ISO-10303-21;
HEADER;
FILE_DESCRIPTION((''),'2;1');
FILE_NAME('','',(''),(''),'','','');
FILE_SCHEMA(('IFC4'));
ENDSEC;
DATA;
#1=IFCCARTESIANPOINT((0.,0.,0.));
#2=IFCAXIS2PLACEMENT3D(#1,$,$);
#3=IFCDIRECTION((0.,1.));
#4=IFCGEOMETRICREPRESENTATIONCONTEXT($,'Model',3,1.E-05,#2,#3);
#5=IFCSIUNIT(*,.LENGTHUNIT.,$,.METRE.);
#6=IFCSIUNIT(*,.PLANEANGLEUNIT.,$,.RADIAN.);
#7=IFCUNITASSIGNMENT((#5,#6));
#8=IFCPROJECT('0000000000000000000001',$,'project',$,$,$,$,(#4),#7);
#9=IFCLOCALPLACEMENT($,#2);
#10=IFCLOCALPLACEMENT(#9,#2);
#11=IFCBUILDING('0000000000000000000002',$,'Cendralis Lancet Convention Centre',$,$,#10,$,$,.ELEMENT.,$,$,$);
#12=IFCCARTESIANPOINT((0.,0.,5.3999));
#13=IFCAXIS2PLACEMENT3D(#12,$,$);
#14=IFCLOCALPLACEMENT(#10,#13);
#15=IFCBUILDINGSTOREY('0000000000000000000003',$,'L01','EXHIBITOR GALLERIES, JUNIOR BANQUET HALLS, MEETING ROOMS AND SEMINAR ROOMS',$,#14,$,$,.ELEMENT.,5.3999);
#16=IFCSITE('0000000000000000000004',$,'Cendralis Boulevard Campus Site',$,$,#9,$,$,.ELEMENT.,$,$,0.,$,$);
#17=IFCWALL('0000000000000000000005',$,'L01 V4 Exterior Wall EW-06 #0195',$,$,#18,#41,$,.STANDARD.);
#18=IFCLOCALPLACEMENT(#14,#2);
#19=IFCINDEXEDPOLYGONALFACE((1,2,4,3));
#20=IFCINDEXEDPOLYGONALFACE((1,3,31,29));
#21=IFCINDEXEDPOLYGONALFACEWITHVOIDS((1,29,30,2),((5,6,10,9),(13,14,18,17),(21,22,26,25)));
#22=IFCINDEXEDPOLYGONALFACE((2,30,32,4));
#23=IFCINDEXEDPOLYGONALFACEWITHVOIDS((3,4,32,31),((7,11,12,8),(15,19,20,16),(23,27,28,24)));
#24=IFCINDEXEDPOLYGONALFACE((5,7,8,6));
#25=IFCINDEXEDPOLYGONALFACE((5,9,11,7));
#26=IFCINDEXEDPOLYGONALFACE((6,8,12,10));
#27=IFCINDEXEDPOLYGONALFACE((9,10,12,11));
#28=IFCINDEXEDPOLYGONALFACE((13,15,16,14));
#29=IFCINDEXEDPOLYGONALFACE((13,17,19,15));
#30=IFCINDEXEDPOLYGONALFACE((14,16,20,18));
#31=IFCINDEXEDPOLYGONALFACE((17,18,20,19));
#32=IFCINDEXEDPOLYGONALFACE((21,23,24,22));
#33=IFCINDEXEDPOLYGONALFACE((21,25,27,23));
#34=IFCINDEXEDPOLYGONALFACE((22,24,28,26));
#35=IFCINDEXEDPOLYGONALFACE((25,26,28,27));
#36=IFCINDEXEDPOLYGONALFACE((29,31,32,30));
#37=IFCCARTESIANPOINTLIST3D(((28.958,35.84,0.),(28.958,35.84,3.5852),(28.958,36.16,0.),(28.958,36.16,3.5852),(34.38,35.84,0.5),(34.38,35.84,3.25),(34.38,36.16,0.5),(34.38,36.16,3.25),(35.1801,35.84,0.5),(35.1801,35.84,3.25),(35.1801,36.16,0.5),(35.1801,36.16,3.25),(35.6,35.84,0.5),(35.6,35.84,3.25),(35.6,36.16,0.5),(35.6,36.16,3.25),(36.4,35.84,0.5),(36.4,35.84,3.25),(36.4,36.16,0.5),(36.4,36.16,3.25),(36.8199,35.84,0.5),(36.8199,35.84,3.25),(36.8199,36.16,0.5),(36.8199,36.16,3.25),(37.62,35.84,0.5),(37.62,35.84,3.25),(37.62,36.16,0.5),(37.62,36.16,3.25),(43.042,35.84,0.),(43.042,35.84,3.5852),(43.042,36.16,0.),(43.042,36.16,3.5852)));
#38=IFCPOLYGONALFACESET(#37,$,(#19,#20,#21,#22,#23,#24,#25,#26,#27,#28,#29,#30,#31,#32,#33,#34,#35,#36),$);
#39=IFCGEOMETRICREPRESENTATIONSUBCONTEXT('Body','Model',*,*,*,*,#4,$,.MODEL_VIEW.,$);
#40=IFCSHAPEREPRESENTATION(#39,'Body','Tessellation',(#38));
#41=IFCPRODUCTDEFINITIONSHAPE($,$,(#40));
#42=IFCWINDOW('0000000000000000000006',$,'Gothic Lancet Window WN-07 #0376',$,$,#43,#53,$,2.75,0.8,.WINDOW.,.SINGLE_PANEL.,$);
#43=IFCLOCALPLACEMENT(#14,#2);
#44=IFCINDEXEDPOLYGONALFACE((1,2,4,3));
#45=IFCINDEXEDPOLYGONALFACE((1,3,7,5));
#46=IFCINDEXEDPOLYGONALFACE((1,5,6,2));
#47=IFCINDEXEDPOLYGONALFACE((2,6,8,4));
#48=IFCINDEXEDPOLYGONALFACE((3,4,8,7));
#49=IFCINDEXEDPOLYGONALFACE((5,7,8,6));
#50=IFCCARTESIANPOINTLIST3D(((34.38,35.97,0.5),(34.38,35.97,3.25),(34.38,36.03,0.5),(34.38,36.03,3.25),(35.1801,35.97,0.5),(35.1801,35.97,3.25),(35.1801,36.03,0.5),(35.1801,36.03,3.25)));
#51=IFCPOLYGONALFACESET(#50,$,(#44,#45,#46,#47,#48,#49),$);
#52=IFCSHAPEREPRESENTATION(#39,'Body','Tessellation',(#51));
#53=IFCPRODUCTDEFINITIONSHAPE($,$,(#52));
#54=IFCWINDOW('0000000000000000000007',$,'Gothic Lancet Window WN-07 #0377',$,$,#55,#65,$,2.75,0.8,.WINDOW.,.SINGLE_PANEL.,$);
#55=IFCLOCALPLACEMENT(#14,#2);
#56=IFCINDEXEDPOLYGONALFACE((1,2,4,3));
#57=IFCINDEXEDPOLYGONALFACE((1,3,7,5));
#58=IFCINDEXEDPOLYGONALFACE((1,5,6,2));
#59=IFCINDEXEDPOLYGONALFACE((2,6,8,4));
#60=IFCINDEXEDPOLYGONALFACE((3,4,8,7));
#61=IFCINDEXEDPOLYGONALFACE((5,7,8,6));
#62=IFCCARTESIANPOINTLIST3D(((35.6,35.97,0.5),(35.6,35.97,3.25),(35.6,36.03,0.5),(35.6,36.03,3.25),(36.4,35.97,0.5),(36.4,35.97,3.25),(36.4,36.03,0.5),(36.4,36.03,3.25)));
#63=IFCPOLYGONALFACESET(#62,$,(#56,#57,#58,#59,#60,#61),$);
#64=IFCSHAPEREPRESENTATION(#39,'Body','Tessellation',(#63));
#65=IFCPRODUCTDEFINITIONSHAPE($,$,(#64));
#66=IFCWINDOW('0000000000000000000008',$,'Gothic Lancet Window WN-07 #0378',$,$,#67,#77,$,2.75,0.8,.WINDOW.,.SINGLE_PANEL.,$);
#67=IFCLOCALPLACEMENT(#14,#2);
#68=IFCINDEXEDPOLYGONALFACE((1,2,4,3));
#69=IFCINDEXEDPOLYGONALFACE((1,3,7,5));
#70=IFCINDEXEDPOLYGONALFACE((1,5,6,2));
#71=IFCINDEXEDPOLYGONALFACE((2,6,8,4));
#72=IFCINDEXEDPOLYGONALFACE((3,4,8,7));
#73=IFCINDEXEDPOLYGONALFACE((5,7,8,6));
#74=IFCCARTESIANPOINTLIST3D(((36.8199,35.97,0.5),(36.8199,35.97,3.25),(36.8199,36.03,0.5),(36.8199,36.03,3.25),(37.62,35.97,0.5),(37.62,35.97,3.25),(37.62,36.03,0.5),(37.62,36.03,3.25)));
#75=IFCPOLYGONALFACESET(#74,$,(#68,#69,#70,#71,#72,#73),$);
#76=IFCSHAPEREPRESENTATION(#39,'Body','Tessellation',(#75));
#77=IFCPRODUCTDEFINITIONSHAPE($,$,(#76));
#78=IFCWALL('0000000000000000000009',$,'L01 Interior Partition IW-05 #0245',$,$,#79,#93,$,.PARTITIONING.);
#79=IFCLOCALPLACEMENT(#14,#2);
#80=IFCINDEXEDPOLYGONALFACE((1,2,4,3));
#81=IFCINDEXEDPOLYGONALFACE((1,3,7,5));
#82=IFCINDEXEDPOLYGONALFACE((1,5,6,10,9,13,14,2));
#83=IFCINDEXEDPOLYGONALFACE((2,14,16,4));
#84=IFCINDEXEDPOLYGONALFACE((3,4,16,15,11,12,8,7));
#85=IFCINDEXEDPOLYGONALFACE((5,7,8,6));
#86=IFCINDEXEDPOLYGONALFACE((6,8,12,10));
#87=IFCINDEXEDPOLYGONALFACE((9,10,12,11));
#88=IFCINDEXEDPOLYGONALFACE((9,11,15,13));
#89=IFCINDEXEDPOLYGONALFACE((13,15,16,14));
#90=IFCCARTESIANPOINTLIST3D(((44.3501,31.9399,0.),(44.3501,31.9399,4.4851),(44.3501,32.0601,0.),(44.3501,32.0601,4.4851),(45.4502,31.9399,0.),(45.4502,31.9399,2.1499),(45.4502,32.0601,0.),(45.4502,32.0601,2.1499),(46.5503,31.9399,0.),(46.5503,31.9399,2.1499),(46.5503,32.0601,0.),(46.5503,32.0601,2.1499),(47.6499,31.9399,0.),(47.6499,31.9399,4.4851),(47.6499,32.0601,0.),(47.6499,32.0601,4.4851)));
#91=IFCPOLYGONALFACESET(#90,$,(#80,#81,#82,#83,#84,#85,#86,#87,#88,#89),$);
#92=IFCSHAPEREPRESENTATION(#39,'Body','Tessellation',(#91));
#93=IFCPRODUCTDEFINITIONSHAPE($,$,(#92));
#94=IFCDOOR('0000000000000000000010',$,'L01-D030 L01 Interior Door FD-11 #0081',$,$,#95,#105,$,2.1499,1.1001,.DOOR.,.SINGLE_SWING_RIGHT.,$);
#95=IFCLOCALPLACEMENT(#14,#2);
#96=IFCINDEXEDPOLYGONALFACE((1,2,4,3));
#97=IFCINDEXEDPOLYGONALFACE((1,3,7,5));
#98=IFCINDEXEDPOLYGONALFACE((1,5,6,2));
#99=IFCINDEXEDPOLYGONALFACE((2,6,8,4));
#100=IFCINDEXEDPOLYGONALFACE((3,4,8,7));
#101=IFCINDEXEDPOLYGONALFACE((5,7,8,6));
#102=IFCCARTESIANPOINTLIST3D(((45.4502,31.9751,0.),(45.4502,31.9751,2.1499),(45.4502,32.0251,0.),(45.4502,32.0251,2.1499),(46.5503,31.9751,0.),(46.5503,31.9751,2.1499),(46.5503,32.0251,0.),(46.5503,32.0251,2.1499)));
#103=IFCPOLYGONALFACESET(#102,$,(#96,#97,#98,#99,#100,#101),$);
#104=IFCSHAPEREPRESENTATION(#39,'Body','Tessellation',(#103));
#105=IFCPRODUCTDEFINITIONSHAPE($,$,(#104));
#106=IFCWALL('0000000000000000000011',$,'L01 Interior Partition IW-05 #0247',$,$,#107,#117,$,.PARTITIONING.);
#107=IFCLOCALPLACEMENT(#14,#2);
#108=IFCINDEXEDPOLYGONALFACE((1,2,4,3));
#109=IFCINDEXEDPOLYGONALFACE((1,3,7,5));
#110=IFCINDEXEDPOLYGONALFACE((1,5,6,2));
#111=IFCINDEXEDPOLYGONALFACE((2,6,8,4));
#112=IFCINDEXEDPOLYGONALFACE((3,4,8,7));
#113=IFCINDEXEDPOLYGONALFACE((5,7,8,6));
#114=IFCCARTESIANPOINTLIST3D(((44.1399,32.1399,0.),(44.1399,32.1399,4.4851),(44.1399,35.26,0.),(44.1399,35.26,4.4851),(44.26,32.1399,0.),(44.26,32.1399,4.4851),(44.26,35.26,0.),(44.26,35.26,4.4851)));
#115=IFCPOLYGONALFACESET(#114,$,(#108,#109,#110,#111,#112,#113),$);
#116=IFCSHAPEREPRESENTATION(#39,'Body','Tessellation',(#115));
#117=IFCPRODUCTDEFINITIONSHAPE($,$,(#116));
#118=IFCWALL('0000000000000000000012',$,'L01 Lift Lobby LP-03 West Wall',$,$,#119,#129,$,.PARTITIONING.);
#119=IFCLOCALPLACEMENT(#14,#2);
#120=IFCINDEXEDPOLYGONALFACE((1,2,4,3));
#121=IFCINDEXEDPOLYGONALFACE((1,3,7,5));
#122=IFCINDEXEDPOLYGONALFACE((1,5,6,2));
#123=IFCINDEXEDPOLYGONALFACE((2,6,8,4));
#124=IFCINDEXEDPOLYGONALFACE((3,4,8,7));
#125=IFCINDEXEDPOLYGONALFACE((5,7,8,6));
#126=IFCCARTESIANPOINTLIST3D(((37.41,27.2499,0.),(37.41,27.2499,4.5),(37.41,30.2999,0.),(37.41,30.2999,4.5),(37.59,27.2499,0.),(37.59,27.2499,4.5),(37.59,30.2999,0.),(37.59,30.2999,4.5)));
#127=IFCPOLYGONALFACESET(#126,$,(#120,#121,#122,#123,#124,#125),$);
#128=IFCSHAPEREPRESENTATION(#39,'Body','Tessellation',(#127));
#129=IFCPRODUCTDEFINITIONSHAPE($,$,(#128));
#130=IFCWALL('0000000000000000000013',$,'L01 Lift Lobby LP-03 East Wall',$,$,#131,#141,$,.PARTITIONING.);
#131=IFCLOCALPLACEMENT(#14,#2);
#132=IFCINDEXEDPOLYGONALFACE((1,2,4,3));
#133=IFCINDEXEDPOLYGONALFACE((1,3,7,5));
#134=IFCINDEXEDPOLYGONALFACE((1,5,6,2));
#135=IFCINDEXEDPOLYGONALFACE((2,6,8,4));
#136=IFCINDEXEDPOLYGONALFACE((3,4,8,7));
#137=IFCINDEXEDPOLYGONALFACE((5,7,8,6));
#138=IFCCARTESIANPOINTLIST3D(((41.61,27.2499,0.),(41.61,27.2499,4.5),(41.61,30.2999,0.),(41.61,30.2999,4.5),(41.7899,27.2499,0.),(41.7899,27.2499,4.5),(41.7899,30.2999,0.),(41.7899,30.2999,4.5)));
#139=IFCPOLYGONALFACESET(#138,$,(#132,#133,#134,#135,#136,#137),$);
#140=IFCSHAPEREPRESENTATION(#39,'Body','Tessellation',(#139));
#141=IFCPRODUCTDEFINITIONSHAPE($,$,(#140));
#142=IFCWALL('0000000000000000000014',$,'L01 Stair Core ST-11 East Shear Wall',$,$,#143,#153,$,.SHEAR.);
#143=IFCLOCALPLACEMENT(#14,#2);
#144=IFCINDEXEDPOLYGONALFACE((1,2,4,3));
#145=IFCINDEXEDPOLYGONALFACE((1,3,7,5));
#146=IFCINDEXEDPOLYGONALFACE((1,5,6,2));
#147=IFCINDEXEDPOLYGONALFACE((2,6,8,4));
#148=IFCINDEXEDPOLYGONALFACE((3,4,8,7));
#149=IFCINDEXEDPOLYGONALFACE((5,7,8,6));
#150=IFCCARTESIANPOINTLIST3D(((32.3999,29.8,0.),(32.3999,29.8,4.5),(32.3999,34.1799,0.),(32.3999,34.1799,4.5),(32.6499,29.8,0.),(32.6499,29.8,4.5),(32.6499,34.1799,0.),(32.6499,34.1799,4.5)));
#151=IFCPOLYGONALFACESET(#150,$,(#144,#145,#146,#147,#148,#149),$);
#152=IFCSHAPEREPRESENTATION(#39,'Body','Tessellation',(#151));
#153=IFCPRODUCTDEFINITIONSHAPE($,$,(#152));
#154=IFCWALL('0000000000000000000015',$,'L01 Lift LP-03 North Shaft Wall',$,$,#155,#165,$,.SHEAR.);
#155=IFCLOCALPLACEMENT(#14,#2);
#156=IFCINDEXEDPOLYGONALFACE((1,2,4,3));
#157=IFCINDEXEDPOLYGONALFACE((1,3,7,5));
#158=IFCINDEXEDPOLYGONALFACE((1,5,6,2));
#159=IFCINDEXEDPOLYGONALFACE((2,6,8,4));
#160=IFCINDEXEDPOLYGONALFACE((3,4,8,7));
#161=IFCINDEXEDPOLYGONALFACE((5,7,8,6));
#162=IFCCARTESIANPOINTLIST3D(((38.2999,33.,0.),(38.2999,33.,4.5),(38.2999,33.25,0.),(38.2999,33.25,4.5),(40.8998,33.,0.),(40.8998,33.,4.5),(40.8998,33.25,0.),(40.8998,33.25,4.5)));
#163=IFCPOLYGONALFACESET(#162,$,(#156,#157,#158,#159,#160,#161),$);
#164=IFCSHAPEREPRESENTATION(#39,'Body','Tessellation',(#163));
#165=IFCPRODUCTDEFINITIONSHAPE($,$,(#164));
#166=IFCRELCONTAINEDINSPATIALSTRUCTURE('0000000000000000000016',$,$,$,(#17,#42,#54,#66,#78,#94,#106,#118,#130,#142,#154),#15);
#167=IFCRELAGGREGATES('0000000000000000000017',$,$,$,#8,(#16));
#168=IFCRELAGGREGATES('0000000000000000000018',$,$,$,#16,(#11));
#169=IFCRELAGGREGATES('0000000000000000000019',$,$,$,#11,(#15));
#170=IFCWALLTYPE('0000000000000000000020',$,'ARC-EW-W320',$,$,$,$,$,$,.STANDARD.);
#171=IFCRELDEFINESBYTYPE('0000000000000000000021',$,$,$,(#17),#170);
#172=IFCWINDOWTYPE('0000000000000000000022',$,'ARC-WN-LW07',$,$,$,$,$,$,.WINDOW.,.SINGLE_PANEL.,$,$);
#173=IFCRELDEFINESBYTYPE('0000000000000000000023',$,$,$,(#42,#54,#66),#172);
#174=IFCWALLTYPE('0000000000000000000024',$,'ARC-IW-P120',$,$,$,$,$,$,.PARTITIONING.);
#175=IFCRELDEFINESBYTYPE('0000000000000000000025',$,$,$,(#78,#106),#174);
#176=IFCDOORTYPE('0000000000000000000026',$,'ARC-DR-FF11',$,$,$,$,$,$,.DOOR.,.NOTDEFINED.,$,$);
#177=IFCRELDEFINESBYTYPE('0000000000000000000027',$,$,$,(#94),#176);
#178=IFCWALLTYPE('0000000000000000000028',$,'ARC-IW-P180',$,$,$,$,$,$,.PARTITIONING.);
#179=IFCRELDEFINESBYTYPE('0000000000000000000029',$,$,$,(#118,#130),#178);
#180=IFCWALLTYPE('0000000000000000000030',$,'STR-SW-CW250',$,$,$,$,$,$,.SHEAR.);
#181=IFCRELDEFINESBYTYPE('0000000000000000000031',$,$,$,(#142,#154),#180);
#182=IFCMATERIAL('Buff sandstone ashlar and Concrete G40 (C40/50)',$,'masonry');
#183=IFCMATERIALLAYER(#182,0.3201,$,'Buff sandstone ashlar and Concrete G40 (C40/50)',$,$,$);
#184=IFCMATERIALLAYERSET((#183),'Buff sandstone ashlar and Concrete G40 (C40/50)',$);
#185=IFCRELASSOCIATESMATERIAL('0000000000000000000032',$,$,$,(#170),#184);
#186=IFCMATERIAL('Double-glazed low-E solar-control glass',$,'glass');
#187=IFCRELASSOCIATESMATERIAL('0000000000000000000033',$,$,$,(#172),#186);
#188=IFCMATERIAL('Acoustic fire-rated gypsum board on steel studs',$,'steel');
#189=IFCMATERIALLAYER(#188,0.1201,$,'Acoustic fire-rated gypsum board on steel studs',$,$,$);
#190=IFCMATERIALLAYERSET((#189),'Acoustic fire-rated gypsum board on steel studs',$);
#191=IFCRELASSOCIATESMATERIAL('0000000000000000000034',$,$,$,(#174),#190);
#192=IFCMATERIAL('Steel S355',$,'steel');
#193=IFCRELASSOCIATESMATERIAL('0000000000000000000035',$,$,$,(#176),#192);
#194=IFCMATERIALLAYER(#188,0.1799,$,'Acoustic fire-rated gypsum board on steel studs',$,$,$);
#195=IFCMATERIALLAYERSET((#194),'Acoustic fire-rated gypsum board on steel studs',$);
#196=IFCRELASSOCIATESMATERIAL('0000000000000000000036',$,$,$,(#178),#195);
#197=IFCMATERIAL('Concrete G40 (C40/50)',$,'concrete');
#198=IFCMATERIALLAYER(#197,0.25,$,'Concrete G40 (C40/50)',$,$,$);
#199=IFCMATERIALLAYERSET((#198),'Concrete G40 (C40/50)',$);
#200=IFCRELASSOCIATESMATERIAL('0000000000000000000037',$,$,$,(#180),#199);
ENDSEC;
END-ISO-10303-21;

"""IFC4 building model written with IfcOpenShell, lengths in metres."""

from ifc_helpers import new_model, si_unit, direction, frame, frame_2d, origin, place, context, subcontext, project, spatial, rectangle, extrude, material, layer, layer_set, type_object, element, fill, save


model = new_model("IFC4")

# Units and contexts
model_context = context("Model", 3, precision=1e-05, world=origin(), true_north=direction((0.0, 1.0)))
body_context = subcontext(model_context, "Body", "Model", "MODEL_VIEW")
ifc_project = project(units=[si_unit("LENGTHUNIT", "METRE"), si_unit("PLANEANGLEUNIT", "RADIAN")], contexts=[model_context])

# Site, building, storey
site_placement = place(None, origin())
site = spatial("IfcSite", under=ifc_project, at=site_placement, Name="Cendralis Boulevard Campus Site", CompositionType="ELEMENT", RefElevation=0.0)
building_placement = place(site_placement, origin())
building = spatial("IfcBuilding", under=site, at=building_placement, Name="Cendralis Lancet Convention Centre", CompositionType="ELEMENT")
storey_placement = place(building_placement, frame((0.0, 0.0, 5.3999)))
storey = spatial("IfcBuildingStorey", under=building, at=storey_placement, Name="L01", Description="EXHIBITOR GALLERIES, JUNIOR BANQUET HALLS, MEETING ROOMS AND SEMINAR ROOMS", CompositionType="ELEMENT", Elevation=5.3999)

# Shared definitions
ifc_material_1 = material(Name="Steel S355", Category="steel")

# Shared definitions
ifc_material_2 = material(Name="Concrete G40 (C40/50)", Category="concrete")

# Wall, openings, windows
ifc_material_3 = material(Name="Buff sandstone ashlar and Concrete G40 (C40/50)", Category="masonry")
ifc_layer_1 = layer(ifc_material_3, 0.3201, Name="Buff sandstone ashlar and Concrete G40 (C40/50)")
ifc_layer_set_1 = layer_set([ifc_layer_1], Name="Buff sandstone ashlar and Concrete G40 (C40/50)")
wall_type_1 = type_object("IfcWallType", Name="ARC-EW-W320", PredefinedType="STANDARD", material=ifc_layer_set_1)
wall_1_placement = place(storey_placement, frame((28.958, 36.0, 0.0), z_axis=(0.0, 0.0, 1.0), x_axis=(1.0, 0.0, 0.0)))
wall_1 = element("IfcWall", 1, at=wall_1_placement, inside=storey, type_object=wall_type_1, Name="L01 V4 Exterior Wall EW-06 #0195", PredefinedType="STANDARD", context=body_context, shape_type="SweptSolid", body=[
    extrude(rectangle(XDim=14.084, YDim=0.3201, at=frame_2d((7.042, 0.0))), origin(), (0.0, 0.0, 1.0), 3.5852),
])
opening_1_placement = place(wall_1_placement, frame((5.4221, 0.0, 0.5)))
opening_1 = element("IfcOpeningElement", 2, at=opening_1_placement, cuts=wall_1, PredefinedType="OPENING", context=body_context, shape_type="SweptSolid", body=[
    extrude(rectangle(XDim=0.8, YDim=2.75, at=frame_2d((0.3999, 1.375))), frame((0.0, 0.1699, 0.0), z_axis=(0.0, -1.0, 0.0), x_axis=(1.0, 0.0, 0.0)), (0.0, 0.0, 1.0), 0.3401),
])
opening_2_placement = place(wall_1_placement, frame((6.6421, 0.0, 0.5)))
opening_2 = element("IfcOpeningElement", 3, at=opening_2_placement, cuts=wall_1, PredefinedType="OPENING", context=body_context, shape_type="SweptSolid", body=[
    extrude(rectangle(XDim=0.8, YDim=2.75, at=frame_2d((0.3999, 1.375))), frame((0.0, 0.1699, 0.0), z_axis=(0.0, -1.0, 0.0), x_axis=(1.0, 0.0, 0.0)), (0.0, 0.0, 1.0), 0.3401),
])
opening_3_placement = place(wall_1_placement, frame((7.8621, 0.0, 0.5)))
opening_3 = element("IfcOpeningElement", 4, at=opening_3_placement, cuts=wall_1, PredefinedType="OPENING", context=body_context, shape_type="SweptSolid", body=[
    extrude(rectangle(XDim=0.8, YDim=2.75, at=frame_2d((0.3999, 1.375))), frame((0.0, 0.1699, 0.0), z_axis=(0.0, -1.0, 0.0), x_axis=(1.0, 0.0, 0.0)), (0.0, 0.0, 1.0), 0.3401),
])
ifc_material_4 = material(Name="Double-glazed low-E solar-control glass", Category="glass")
window_type = type_object("IfcWindowType", Name="ARC-WN-LW07", PartitioningType="SINGLE_PANEL", PredefinedType="WINDOW", material=ifc_material_4)
window_1_placement = place(opening_1_placement, origin())
window_1 = element("IfcWindow", 5, at=window_1_placement, inside=storey, type_object=window_type, Name="Gothic Lancet Window WN-07 #0376", OverallHeight=2.75, OverallWidth=0.8, PartitioningType="SINGLE_PANEL", PredefinedType="WINDOW", context=body_context, shape_type="SweptSolid", body=[
    extrude(rectangle(XDim=0.8, YDim=2.75, at=frame_2d((0.3999, 1.375))), frame((0.0, 0.03, 0.0), z_axis=(0.0, -1.0, 0.0), x_axis=(1.0, 0.0, 0.0)), (0.0, 0.0, 1.0), 0.0601),
])
fill(opening_1, window_1)
window_2_placement = place(opening_2_placement, origin())
window_2 = element("IfcWindow", 6, at=window_2_placement, inside=storey, type_object=window_type, Name="Gothic Lancet Window WN-07 #0377", OverallHeight=2.75, OverallWidth=0.8, PartitioningType="SINGLE_PANEL", PredefinedType="WINDOW", context=body_context, shape_type="SweptSolid", body=[
    extrude(rectangle(XDim=0.8, YDim=2.75, at=frame_2d((0.3999, 1.375))), frame((0.0, 0.03, 0.0), z_axis=(0.0, -1.0, 0.0), x_axis=(1.0, 0.0, 0.0)), (0.0, 0.0, 1.0), 0.0601),
])
fill(opening_2, window_2)
window_3_placement = place(opening_3_placement, origin())
window_3 = element("IfcWindow", 7, at=window_3_placement, inside=storey, type_object=window_type, Name="Gothic Lancet Window WN-07 #0378", OverallHeight=2.75, OverallWidth=0.8, PartitioningType="SINGLE_PANEL", PredefinedType="WINDOW", context=body_context, shape_type="SweptSolid", body=[
    extrude(rectangle(XDim=0.8, YDim=2.75, at=frame_2d((0.3999, 1.375))), frame((0.0, 0.03, 0.0), z_axis=(0.0, -1.0, 0.0), x_axis=(1.0, 0.0, 0.0)), (0.0, 0.0, 1.0), 0.0601),
])
fill(opening_3, window_3)

# Wall, opening, door
ifc_material_5 = material(Name="Acoustic fire-rated gypsum board on steel studs", Category="steel")
ifc_layer_2 = layer(ifc_material_5, 0.1201, Name="Acoustic fire-rated gypsum board on steel studs")
ifc_layer_set_2 = layer_set([ifc_layer_2], Name="Acoustic fire-rated gypsum board on steel studs")
wall_type_2 = type_object("IfcWallType", Name="ARC-IW-P120", PredefinedType="PARTITIONING", material=ifc_layer_set_2)
wall_2_placement = place(storey_placement, frame((44.3501, 32.0, 0.0), z_axis=(0.0, 0.0, 1.0), x_axis=(1.0, 0.0, 0.0)))
wall_2 = element("IfcWall", 8, at=wall_2_placement, inside=storey, type_object=wall_type_2, Name="L01 Interior Partition IW-05 #0245", PredefinedType="PARTITIONING", context=body_context, shape_type="SweptSolid", body=[
    extrude(rectangle(XDim=3.2998, YDim=0.1201, at=frame_2d((1.6499, 0.0))), origin(), (0.0, 0.0, 1.0), 4.4851),
])
opening_4_placement = place(wall_2_placement, frame((1.1001, 0.0, 0.0)))
opening_4 = element("IfcOpeningElement", 9, at=opening_4_placement, cuts=wall_2, PredefinedType="OPENING", context=body_context, shape_type="SweptSolid", body=[
    extrude(rectangle(XDim=1.1001, YDim=2.1499, at=frame_2d((0.55, 1.075))), frame((0.0, 0.0701, 0.0), z_axis=(0.0, -1.0, 0.0), x_axis=(1.0, 0.0, 0.0)), (0.0, 0.0, 1.0), 0.1401),
])
door_type_1 = type_object("IfcDoorType", Name="ARC-DR-FF11", OperationType="NOTDEFINED", PredefinedType="DOOR", material=ifc_material_1)
door_1_placement = place(opening_4_placement, frame((1.1001, 0.0, 0.0), z_axis=(0.0, 0.0, 1.0), x_axis=(-1.0, 0.0, 0.0)))
door_1 = element("IfcDoor", 10, at=door_1_placement, inside=storey, type_object=door_type_1, Name="L01-D030 L01 Interior Door FD-11 #0081", OperationType="SINGLE_SWING_RIGHT", OverallHeight=2.1499, OverallWidth=1.1001, PredefinedType="DOOR", context=body_context, shape_type="SweptSolid", body=[
    extrude(rectangle(XDim=1.1001, YDim=2.1499, at=frame_2d((0.55, 1.075))), frame((0.0, 0.0249, 0.0), z_axis=(0.0, -1.0, 0.0), x_axis=(1.0, 0.0, 0.0)), (0.0, 0.0, 1.0), 0.05),
])
fill(opening_4, door_1)

# Wall
wall_3_placement = place(storey_placement, frame((44.2, 32.1399, 0.0), z_axis=(0.0, 0.0, 1.0), x_axis=(0.0, 1.0, 0.0)))
element("IfcWall", 11, at=wall_3_placement, inside=storey, type_object=wall_type_2, Name="L01 Interior Partition IW-05 #0247", PredefinedType="PARTITIONING", context=body_context, shape_type="SweptSolid", body=[
    extrude(rectangle(XDim=3.1201, YDim=0.1201, at=frame_2d((1.5601, 0.0))), origin(), (0.0, 0.0, 1.0), 4.4851),
])

# Shared definitions
ifc_layer_3 = layer(ifc_material_5, 0.1799, Name="Acoustic fire-rated gypsum board on steel studs")
ifc_layer_set_3 = layer_set([ifc_layer_3], Name="Acoustic fire-rated gypsum board on steel studs")
wall_type_3 = type_object("IfcWallType", Name="ARC-IW-P180", PredefinedType="PARTITIONING", material=ifc_layer_set_3)

# Walls
for number, where, z_axis, x_axis, name in (
    (12, (37.5, 27.25, 0.0), (0.0, 0.0, 1.0), (0.0, 1.0, 0.0), "L01 Lift Lobby LP-03 West Wall"),
    (13, (41.7, 27.25, 0.0), (0.0, 0.0, 1.0), (0.0, 1.0, 0.0), "L01 Lift Lobby LP-03 East Wall"),
):
    element("IfcWall", number, at=place(storey_placement, frame(where, z_axis=z_axis, x_axis=x_axis)), inside=storey, type_object=wall_type_3, Name=name, PredefinedType="PARTITIONING", context=body_context, shape_type="SweptSolid", body=[
        extrude(rectangle(XDim=3.05, YDim=0.1799, at=frame_2d((1.5249, 0.0))), origin(), (0.0, 0.0, 1.0), 4.5),
    ])
ifc_layer_4 = layer(ifc_material_2, 0.25, Name="Concrete G40 (C40/50)")
ifc_layer_set_4 = layer_set([ifc_layer_4], Name="Concrete G40 (C40/50)")
wall_type_4 = type_object("IfcWallType", Name="STR-SW-CW250", PredefinedType="SHEAR", material=ifc_layer_set_4)
wall_4_placement = place(storey_placement, frame((32.5249, 29.8, 0.0), z_axis=(0.0, 0.0, 1.0), x_axis=(0.0, 1.0, 0.0)))
element("IfcWall", 14, at=wall_4_placement, inside=storey, type_object=wall_type_4, Name="L01 Stair Core ST-11 East Shear Wall", PredefinedType="SHEAR", context=body_context, shape_type="SweptSolid", body=[
    extrude(rectangle(XDim=4.3799, YDim=0.25, at=frame_2d((2.1899, 0.0))), origin(), (0.0, 0.0, 1.0), 4.5),
])

# Wall
wall_5_placement = place(storey_placement, frame((38.3, 33.125, 0.0), z_axis=(0.0, 0.0, 1.0), x_axis=(1.0, 0.0, 0.0)))
element("IfcWall", 15, at=wall_5_placement, inside=storey, type_object=wall_type_4, Name="L01 Lift LP-03 North Shaft Wall", PredefinedType="SHEAR", context=body_context, shape_type="SweptSolid", body=[
    extrude(rectangle(XDim=2.5999, YDim=0.25, at=frame_2d((1.2998, 0.0))), origin(), (0.0, 0.0, 1.0), 4.5),
])

save(model, "model.ifc")
